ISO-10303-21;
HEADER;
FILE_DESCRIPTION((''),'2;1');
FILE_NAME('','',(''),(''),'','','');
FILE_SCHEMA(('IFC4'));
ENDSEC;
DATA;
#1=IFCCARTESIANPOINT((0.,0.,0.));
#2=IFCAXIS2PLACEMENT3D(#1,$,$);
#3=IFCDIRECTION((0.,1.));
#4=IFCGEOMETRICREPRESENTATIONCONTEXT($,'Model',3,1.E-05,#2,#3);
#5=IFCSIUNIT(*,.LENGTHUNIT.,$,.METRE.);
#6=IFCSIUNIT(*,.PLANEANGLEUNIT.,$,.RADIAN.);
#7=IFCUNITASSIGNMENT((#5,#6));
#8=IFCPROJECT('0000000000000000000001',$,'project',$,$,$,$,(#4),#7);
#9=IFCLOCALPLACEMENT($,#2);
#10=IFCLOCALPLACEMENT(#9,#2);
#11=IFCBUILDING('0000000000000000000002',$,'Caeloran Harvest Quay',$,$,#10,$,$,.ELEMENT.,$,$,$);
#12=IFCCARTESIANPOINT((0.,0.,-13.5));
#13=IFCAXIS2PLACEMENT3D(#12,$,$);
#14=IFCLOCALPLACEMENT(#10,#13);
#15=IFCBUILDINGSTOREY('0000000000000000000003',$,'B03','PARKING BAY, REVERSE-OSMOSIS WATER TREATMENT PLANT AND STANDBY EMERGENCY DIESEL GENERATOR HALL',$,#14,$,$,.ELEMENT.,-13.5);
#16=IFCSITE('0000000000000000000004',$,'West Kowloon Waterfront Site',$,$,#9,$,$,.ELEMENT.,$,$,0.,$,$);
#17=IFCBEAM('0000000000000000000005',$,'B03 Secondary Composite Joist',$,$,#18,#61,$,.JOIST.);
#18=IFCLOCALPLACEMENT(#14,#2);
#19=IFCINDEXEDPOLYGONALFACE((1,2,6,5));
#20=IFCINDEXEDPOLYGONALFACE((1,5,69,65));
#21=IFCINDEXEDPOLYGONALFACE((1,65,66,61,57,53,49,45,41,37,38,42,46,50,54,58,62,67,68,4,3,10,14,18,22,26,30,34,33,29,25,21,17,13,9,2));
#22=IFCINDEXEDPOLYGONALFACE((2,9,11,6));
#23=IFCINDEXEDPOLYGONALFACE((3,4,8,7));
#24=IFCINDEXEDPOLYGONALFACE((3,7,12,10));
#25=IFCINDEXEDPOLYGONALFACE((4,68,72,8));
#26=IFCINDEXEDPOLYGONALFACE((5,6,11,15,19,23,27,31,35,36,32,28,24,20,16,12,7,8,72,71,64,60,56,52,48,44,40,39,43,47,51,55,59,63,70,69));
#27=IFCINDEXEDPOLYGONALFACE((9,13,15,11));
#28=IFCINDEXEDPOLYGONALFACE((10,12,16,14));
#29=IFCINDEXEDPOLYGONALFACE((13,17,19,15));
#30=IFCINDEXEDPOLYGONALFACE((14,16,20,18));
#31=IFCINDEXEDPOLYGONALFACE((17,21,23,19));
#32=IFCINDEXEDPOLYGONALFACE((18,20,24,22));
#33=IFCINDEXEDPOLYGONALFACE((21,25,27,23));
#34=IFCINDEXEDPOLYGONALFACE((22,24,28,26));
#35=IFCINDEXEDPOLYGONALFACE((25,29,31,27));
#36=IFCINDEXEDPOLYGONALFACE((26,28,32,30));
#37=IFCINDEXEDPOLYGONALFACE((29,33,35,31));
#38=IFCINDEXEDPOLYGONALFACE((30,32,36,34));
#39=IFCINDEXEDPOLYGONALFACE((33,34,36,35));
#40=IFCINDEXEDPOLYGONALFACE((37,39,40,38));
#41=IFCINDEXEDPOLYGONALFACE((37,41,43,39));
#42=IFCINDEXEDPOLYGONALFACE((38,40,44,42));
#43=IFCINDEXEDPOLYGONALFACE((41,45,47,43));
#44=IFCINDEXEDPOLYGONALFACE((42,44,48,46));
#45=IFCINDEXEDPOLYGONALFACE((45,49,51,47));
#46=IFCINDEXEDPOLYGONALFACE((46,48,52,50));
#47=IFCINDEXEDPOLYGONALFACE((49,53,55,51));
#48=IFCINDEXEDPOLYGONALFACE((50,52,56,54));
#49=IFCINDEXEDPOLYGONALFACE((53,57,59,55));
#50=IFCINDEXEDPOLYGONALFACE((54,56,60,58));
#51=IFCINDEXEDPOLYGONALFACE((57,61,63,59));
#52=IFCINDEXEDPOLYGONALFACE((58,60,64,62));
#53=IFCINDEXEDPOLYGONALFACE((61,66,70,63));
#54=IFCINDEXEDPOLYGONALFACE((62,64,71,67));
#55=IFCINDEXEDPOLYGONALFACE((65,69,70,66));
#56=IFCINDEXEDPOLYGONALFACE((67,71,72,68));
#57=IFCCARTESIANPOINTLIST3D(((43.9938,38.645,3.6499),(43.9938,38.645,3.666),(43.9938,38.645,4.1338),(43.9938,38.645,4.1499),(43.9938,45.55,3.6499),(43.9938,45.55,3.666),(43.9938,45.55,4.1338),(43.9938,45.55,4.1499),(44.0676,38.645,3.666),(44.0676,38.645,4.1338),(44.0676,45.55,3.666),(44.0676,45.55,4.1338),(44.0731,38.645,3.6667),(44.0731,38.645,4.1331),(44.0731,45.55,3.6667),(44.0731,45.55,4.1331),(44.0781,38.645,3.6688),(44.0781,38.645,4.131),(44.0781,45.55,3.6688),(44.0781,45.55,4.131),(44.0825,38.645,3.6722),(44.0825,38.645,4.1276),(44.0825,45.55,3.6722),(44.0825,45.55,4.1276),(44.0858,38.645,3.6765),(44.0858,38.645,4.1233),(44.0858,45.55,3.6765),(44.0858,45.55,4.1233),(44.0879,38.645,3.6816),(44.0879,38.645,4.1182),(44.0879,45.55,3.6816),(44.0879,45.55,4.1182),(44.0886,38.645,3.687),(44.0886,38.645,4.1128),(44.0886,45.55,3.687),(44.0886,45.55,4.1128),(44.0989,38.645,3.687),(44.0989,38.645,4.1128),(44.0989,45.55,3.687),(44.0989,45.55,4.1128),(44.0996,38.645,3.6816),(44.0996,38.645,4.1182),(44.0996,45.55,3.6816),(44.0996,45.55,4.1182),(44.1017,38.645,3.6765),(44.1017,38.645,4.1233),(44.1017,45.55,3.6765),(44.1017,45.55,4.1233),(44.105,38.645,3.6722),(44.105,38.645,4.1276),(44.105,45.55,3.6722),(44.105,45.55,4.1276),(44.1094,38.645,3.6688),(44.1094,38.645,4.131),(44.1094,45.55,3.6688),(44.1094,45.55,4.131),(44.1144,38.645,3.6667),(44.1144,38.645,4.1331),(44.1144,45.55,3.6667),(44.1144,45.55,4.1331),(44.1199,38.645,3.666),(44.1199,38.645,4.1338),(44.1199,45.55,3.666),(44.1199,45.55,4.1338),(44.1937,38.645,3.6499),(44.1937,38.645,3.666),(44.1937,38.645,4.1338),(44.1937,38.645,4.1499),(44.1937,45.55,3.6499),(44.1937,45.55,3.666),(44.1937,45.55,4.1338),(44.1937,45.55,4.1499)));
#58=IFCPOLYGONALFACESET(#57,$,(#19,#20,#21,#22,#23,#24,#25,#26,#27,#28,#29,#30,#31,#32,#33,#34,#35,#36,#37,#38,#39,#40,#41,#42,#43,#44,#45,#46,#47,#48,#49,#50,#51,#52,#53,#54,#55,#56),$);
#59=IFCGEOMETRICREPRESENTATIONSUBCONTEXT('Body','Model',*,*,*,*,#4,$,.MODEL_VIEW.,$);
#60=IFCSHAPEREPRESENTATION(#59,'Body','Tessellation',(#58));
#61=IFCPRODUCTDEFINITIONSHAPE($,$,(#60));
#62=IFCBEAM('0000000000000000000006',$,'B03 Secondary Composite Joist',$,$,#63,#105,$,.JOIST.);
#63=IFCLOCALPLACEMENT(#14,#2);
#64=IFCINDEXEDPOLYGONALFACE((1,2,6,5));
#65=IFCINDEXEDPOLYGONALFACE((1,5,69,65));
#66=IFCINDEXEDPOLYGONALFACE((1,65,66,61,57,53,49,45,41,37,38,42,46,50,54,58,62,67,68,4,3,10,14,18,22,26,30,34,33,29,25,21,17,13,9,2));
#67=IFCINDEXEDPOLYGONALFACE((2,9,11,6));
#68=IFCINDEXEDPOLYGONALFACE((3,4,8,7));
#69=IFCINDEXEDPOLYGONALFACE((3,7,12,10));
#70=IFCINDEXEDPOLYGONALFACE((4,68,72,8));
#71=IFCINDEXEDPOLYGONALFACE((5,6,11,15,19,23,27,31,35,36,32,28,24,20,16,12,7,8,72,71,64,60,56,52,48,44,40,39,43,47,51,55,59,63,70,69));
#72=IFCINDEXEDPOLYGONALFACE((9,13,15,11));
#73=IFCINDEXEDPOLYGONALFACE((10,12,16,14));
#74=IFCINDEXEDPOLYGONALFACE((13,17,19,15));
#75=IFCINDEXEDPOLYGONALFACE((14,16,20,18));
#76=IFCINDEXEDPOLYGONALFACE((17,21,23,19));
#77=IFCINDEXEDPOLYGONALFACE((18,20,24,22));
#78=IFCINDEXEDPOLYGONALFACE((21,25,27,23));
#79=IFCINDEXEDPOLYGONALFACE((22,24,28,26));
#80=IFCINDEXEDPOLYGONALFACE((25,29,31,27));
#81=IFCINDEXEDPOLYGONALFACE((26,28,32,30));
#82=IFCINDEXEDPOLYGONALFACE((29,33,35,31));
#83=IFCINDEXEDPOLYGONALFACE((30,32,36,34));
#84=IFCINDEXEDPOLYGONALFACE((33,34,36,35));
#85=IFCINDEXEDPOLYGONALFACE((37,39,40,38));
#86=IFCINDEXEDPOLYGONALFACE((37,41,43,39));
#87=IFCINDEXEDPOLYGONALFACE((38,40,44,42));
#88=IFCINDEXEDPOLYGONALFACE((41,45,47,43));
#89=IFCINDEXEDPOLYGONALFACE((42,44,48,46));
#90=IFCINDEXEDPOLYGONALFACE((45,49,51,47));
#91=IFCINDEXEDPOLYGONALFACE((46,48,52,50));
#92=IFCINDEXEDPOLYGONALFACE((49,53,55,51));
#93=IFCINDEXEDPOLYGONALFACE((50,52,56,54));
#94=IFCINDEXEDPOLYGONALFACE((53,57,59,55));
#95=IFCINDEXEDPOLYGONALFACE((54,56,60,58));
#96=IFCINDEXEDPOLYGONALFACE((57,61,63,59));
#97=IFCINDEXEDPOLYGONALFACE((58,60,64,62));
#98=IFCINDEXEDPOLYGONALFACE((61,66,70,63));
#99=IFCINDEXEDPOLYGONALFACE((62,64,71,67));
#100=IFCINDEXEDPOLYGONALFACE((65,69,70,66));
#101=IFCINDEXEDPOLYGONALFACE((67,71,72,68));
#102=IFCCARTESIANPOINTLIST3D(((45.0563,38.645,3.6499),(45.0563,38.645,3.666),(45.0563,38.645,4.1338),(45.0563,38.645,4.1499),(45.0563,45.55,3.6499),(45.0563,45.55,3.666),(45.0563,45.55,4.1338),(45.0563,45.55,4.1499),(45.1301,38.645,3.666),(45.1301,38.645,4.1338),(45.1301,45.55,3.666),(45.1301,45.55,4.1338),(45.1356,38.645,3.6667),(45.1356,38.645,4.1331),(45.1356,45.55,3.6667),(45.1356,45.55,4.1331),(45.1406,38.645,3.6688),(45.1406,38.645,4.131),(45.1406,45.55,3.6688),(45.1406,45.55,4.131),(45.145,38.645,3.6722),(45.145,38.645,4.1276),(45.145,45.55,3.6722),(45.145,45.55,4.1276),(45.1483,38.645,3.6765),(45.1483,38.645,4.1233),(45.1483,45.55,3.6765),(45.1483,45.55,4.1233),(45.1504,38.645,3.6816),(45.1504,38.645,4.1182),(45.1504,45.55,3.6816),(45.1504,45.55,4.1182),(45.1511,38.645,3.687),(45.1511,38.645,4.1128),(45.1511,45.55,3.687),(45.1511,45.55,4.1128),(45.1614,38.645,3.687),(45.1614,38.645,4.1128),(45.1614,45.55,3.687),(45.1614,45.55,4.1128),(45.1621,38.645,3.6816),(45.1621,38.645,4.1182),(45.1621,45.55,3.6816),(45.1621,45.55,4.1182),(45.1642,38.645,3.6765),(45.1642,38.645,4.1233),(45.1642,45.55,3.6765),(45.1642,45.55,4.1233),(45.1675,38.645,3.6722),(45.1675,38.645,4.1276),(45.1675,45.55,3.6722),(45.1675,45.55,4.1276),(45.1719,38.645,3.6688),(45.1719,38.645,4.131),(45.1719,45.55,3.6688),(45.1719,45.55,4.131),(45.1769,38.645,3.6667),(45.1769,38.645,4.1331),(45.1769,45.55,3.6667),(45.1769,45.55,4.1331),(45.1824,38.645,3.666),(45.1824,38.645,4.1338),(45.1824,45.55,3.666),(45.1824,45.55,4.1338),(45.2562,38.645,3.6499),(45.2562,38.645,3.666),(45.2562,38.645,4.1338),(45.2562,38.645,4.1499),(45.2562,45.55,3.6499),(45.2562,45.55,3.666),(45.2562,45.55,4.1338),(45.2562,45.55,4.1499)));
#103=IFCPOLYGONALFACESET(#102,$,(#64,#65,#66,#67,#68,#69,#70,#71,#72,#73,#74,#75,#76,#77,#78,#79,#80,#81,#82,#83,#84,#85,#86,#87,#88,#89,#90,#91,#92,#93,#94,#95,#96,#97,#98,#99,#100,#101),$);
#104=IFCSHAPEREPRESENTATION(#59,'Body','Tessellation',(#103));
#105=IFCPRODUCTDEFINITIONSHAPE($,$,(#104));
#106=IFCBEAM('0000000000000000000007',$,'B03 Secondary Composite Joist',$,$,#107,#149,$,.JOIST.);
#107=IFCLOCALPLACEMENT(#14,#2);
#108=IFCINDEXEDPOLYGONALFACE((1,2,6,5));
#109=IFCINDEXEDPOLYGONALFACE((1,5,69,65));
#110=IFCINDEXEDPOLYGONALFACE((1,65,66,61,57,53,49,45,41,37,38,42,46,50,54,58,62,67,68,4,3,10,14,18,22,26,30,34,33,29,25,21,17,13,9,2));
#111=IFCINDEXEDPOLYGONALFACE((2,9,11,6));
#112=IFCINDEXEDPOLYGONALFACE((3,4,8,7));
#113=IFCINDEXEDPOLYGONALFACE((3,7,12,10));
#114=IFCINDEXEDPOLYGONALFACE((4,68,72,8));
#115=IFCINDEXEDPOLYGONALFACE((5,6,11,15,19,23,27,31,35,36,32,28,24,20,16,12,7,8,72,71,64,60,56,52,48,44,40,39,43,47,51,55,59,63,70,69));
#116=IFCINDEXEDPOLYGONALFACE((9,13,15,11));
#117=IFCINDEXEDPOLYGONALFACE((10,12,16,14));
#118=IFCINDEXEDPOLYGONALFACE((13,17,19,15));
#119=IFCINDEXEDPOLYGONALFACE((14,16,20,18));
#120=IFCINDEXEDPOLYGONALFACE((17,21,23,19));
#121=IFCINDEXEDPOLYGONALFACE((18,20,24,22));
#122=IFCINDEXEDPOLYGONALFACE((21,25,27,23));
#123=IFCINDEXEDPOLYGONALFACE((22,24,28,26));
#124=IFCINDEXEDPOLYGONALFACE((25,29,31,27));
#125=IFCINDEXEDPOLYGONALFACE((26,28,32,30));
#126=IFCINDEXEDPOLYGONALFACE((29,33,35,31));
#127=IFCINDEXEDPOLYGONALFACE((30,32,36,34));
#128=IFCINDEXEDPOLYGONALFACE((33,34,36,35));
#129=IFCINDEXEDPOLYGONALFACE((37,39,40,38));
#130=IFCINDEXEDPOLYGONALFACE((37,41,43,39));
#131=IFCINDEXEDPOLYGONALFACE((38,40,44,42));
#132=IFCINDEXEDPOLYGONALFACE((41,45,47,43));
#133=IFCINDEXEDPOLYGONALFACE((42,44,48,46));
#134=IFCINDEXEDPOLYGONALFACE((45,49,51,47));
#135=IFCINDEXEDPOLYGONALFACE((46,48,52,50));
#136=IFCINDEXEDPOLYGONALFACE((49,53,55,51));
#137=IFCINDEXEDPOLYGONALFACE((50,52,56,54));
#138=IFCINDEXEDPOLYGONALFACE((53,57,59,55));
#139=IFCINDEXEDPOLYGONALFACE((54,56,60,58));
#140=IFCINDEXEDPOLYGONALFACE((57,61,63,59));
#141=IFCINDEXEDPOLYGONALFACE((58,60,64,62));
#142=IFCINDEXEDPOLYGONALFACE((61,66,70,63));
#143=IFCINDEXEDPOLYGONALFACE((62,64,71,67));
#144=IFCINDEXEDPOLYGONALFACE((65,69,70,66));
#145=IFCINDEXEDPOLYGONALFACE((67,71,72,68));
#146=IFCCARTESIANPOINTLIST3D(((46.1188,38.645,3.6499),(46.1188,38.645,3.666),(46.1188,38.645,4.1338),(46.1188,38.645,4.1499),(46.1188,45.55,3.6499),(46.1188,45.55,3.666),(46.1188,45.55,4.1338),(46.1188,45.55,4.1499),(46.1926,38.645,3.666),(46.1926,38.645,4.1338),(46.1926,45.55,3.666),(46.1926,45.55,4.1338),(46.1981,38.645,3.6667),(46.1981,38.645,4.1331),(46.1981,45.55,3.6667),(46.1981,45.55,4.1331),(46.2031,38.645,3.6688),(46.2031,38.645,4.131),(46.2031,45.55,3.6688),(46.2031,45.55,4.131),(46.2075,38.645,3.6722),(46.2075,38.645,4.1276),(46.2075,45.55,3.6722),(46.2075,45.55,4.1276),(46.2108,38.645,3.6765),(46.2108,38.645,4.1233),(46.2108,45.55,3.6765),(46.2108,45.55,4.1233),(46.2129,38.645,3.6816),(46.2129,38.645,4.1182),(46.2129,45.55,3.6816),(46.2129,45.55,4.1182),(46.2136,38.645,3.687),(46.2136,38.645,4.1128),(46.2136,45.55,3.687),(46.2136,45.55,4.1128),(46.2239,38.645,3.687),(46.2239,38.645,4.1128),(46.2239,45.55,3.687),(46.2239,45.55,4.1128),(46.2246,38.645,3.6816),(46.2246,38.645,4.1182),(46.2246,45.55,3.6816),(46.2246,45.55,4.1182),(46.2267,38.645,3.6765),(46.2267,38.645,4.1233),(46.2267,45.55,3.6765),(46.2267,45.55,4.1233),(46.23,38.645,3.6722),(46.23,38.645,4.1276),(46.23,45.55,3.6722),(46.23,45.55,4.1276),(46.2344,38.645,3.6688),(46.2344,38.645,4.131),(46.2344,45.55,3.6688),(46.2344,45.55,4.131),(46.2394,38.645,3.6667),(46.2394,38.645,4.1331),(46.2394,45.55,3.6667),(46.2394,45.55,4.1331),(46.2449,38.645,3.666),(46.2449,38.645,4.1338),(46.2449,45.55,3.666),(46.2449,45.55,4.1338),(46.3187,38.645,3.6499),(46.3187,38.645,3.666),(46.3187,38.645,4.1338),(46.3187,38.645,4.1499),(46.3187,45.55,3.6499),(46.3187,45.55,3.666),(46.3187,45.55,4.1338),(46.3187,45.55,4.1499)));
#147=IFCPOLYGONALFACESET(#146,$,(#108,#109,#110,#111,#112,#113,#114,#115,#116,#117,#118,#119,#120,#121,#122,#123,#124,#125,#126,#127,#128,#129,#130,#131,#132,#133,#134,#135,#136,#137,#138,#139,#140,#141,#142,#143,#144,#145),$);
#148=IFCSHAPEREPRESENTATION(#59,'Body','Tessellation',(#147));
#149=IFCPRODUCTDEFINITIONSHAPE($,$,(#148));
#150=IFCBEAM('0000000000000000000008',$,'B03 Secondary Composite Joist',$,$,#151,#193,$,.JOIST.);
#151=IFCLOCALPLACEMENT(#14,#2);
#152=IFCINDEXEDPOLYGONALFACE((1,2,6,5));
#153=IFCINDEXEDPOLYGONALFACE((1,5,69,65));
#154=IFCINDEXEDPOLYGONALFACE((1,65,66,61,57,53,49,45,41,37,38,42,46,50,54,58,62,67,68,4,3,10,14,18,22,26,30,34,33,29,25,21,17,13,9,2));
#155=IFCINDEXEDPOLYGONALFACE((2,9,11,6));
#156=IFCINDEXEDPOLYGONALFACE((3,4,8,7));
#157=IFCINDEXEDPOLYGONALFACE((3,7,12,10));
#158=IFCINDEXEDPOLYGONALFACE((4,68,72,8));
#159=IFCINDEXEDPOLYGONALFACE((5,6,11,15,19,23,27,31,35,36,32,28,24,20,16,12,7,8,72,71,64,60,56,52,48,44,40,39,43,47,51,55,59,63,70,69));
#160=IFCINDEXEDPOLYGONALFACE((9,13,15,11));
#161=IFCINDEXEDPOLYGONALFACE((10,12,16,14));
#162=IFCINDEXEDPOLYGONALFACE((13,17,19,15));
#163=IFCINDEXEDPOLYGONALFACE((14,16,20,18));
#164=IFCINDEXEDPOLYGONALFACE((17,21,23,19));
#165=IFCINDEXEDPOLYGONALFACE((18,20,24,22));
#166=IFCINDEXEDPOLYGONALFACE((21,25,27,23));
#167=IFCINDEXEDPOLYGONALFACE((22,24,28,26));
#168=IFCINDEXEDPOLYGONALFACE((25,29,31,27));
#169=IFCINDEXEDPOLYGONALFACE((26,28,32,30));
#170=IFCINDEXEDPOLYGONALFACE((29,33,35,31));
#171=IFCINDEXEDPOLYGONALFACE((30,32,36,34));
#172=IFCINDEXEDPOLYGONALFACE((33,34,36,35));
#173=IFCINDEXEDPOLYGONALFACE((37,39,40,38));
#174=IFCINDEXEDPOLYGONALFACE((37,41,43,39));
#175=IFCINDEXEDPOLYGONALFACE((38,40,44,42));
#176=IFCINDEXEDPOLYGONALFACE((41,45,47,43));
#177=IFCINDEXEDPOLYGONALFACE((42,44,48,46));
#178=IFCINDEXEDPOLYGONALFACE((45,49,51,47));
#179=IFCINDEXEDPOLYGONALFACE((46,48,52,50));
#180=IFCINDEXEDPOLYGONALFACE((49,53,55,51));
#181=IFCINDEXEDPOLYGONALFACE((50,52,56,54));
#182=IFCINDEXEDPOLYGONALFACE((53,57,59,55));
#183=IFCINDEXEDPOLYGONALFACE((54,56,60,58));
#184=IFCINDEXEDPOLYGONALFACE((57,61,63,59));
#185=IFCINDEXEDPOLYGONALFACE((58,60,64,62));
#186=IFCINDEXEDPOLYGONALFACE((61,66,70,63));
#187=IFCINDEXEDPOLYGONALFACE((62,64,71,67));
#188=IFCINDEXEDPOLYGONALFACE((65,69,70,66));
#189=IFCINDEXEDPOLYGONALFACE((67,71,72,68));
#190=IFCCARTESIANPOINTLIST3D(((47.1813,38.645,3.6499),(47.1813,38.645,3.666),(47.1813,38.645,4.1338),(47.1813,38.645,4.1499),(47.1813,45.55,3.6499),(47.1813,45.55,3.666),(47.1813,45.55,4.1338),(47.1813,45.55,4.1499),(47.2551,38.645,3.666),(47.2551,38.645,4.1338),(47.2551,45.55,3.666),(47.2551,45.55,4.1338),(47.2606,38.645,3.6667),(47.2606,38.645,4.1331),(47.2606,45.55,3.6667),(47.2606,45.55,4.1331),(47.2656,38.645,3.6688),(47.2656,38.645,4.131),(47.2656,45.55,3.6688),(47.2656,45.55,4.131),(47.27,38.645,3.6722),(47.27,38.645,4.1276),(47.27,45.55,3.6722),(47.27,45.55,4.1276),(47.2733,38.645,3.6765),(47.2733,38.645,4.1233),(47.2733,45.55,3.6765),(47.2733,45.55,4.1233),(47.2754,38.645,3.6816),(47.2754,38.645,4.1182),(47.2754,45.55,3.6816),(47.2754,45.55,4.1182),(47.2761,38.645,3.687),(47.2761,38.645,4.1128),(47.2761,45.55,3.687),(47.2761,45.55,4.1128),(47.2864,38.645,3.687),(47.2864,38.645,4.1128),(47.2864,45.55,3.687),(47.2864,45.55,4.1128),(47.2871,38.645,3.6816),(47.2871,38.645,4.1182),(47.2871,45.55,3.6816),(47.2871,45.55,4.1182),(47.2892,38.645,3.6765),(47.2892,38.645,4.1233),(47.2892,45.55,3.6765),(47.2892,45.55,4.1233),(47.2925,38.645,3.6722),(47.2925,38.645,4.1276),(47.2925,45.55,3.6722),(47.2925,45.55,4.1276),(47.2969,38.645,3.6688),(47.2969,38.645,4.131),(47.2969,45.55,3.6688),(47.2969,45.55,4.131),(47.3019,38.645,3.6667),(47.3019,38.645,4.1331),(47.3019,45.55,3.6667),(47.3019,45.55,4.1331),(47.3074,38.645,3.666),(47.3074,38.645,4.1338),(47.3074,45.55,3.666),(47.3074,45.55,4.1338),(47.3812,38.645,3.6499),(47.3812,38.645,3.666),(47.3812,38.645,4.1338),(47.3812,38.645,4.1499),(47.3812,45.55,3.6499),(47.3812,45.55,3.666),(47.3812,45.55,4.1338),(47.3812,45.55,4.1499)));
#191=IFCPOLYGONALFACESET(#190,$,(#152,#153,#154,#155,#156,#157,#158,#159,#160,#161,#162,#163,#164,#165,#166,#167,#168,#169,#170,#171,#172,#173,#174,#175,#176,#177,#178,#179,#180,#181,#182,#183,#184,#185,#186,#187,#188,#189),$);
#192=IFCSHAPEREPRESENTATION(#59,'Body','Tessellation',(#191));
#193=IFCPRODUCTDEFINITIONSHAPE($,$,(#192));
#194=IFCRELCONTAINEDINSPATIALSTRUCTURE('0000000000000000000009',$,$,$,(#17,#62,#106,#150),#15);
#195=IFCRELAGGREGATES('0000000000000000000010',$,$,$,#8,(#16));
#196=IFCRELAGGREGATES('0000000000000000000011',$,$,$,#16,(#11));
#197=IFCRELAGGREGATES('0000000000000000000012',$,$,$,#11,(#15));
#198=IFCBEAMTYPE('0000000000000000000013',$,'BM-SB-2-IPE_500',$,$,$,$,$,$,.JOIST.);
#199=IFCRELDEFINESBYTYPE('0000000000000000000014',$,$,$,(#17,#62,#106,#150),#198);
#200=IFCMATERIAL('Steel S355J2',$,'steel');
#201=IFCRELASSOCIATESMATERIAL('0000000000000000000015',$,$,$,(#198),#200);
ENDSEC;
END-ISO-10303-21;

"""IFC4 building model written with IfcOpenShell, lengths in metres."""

from ifc_helpers import new_model, si_unit, direction, frame, origin, origin_2d, place, context, subcontext, project, spatial, i_section, extrude, material, material_profile, profile_set, type_object, element, save


model = new_model("IFC4")

# Units and contexts
model_context = context("Model", 3, precision=1e-05, world=origin(), true_north=direction((0.0, 1.0)))
body_context = subcontext(model_context, "Body", "Model", "MODEL_VIEW")
ifc_project = project(units=[si_unit("LENGTHUNIT", "METRE"), si_unit("PLANEANGLEUNIT", "RADIAN")], contexts=[model_context])

# Site, building, storey
site_placement = place(None, origin())
site = spatial("IfcSite", under=ifc_project, at=site_placement, Name="West Kowloon Waterfront Site", CompositionType="ELEMENT", RefElevation=0.0)
building_placement = place(site_placement, origin())
building = spatial("IfcBuilding", under=site, at=building_placement, Name="Caeloran Harvest Quay", CompositionType="ELEMENT")
storey_placement = place(building_placement, frame((0.0, 0.0, -13.5)))
storey = spatial("IfcBuildingStorey", under=building, at=storey_placement, Name="B03", Description="PARKING BAY, REVERSE-OSMOSIS WATER TREATMENT PLANT AND STANDBY EMERGENCY DIESEL GENERATOR HALL", CompositionType="ELEMENT", Elevation=-13.5)

# Beams
ifc_material_1 = material(Name="Steel S355J2", Category="steel")
ifc_material_profile_1 = material_profile(ifc_material_1, i_section(OverallWidth=0.2, OverallDepth=0.5, WebThickness=0.0103, FlangeThickness=0.0161, FilletRadius=0.021, at=origin_2d()), Name="IPE 500")
ifc_profile_set_1 = profile_set([ifc_material_profile_1], Name="Steel S355J2")
beam_type_1 = type_object("IfcBeamType", Name="BM-SB-2-IPE_500", PredefinedType="JOIST", material=ifc_profile_set_1)
for number, where, z_axis, x_axis, name in (
    (1, (44.0938, 38.645, 3.8999), (0.0, 1.0, 0.0), (-1.0, 0.0, 0.0), "B03 Secondary Composite Joist"),
    (2, (45.1562, 38.645, 3.8999), (0.0, 1.0, 0.0), (-1.0, 0.0, 0.0), "B03 Secondary Composite Joist"),
    (3, (46.2188, 38.645, 3.8999), (0.0, 1.0, 0.0), (-1.0, 0.0, 0.0), "B03 Secondary Composite Joist"),
    (4, (47.2812, 38.645, 3.8999), (0.0, 1.0, 0.0), (-1.0, 0.0, 0.0), "B03 Secondary Composite Joist"),
):
    element("IfcBeam", number, at=place(storey_placement, frame(where, z_axis=z_axis, x_axis=x_axis)), inside=storey, type_object=beam_type_1, Name=name, PredefinedType="JOIST", context=body_context, shape_type="SweptSolid", body=[
        extrude(i_section(OverallWidth=0.2, OverallDepth=0.5, WebThickness=0.0103, FlangeThickness=0.0161, FilletRadius=0.021, at=origin_2d()), origin(), (0.0, 0.0, 1.0), 6.905),
    ])

save(model, "model.ifc")
